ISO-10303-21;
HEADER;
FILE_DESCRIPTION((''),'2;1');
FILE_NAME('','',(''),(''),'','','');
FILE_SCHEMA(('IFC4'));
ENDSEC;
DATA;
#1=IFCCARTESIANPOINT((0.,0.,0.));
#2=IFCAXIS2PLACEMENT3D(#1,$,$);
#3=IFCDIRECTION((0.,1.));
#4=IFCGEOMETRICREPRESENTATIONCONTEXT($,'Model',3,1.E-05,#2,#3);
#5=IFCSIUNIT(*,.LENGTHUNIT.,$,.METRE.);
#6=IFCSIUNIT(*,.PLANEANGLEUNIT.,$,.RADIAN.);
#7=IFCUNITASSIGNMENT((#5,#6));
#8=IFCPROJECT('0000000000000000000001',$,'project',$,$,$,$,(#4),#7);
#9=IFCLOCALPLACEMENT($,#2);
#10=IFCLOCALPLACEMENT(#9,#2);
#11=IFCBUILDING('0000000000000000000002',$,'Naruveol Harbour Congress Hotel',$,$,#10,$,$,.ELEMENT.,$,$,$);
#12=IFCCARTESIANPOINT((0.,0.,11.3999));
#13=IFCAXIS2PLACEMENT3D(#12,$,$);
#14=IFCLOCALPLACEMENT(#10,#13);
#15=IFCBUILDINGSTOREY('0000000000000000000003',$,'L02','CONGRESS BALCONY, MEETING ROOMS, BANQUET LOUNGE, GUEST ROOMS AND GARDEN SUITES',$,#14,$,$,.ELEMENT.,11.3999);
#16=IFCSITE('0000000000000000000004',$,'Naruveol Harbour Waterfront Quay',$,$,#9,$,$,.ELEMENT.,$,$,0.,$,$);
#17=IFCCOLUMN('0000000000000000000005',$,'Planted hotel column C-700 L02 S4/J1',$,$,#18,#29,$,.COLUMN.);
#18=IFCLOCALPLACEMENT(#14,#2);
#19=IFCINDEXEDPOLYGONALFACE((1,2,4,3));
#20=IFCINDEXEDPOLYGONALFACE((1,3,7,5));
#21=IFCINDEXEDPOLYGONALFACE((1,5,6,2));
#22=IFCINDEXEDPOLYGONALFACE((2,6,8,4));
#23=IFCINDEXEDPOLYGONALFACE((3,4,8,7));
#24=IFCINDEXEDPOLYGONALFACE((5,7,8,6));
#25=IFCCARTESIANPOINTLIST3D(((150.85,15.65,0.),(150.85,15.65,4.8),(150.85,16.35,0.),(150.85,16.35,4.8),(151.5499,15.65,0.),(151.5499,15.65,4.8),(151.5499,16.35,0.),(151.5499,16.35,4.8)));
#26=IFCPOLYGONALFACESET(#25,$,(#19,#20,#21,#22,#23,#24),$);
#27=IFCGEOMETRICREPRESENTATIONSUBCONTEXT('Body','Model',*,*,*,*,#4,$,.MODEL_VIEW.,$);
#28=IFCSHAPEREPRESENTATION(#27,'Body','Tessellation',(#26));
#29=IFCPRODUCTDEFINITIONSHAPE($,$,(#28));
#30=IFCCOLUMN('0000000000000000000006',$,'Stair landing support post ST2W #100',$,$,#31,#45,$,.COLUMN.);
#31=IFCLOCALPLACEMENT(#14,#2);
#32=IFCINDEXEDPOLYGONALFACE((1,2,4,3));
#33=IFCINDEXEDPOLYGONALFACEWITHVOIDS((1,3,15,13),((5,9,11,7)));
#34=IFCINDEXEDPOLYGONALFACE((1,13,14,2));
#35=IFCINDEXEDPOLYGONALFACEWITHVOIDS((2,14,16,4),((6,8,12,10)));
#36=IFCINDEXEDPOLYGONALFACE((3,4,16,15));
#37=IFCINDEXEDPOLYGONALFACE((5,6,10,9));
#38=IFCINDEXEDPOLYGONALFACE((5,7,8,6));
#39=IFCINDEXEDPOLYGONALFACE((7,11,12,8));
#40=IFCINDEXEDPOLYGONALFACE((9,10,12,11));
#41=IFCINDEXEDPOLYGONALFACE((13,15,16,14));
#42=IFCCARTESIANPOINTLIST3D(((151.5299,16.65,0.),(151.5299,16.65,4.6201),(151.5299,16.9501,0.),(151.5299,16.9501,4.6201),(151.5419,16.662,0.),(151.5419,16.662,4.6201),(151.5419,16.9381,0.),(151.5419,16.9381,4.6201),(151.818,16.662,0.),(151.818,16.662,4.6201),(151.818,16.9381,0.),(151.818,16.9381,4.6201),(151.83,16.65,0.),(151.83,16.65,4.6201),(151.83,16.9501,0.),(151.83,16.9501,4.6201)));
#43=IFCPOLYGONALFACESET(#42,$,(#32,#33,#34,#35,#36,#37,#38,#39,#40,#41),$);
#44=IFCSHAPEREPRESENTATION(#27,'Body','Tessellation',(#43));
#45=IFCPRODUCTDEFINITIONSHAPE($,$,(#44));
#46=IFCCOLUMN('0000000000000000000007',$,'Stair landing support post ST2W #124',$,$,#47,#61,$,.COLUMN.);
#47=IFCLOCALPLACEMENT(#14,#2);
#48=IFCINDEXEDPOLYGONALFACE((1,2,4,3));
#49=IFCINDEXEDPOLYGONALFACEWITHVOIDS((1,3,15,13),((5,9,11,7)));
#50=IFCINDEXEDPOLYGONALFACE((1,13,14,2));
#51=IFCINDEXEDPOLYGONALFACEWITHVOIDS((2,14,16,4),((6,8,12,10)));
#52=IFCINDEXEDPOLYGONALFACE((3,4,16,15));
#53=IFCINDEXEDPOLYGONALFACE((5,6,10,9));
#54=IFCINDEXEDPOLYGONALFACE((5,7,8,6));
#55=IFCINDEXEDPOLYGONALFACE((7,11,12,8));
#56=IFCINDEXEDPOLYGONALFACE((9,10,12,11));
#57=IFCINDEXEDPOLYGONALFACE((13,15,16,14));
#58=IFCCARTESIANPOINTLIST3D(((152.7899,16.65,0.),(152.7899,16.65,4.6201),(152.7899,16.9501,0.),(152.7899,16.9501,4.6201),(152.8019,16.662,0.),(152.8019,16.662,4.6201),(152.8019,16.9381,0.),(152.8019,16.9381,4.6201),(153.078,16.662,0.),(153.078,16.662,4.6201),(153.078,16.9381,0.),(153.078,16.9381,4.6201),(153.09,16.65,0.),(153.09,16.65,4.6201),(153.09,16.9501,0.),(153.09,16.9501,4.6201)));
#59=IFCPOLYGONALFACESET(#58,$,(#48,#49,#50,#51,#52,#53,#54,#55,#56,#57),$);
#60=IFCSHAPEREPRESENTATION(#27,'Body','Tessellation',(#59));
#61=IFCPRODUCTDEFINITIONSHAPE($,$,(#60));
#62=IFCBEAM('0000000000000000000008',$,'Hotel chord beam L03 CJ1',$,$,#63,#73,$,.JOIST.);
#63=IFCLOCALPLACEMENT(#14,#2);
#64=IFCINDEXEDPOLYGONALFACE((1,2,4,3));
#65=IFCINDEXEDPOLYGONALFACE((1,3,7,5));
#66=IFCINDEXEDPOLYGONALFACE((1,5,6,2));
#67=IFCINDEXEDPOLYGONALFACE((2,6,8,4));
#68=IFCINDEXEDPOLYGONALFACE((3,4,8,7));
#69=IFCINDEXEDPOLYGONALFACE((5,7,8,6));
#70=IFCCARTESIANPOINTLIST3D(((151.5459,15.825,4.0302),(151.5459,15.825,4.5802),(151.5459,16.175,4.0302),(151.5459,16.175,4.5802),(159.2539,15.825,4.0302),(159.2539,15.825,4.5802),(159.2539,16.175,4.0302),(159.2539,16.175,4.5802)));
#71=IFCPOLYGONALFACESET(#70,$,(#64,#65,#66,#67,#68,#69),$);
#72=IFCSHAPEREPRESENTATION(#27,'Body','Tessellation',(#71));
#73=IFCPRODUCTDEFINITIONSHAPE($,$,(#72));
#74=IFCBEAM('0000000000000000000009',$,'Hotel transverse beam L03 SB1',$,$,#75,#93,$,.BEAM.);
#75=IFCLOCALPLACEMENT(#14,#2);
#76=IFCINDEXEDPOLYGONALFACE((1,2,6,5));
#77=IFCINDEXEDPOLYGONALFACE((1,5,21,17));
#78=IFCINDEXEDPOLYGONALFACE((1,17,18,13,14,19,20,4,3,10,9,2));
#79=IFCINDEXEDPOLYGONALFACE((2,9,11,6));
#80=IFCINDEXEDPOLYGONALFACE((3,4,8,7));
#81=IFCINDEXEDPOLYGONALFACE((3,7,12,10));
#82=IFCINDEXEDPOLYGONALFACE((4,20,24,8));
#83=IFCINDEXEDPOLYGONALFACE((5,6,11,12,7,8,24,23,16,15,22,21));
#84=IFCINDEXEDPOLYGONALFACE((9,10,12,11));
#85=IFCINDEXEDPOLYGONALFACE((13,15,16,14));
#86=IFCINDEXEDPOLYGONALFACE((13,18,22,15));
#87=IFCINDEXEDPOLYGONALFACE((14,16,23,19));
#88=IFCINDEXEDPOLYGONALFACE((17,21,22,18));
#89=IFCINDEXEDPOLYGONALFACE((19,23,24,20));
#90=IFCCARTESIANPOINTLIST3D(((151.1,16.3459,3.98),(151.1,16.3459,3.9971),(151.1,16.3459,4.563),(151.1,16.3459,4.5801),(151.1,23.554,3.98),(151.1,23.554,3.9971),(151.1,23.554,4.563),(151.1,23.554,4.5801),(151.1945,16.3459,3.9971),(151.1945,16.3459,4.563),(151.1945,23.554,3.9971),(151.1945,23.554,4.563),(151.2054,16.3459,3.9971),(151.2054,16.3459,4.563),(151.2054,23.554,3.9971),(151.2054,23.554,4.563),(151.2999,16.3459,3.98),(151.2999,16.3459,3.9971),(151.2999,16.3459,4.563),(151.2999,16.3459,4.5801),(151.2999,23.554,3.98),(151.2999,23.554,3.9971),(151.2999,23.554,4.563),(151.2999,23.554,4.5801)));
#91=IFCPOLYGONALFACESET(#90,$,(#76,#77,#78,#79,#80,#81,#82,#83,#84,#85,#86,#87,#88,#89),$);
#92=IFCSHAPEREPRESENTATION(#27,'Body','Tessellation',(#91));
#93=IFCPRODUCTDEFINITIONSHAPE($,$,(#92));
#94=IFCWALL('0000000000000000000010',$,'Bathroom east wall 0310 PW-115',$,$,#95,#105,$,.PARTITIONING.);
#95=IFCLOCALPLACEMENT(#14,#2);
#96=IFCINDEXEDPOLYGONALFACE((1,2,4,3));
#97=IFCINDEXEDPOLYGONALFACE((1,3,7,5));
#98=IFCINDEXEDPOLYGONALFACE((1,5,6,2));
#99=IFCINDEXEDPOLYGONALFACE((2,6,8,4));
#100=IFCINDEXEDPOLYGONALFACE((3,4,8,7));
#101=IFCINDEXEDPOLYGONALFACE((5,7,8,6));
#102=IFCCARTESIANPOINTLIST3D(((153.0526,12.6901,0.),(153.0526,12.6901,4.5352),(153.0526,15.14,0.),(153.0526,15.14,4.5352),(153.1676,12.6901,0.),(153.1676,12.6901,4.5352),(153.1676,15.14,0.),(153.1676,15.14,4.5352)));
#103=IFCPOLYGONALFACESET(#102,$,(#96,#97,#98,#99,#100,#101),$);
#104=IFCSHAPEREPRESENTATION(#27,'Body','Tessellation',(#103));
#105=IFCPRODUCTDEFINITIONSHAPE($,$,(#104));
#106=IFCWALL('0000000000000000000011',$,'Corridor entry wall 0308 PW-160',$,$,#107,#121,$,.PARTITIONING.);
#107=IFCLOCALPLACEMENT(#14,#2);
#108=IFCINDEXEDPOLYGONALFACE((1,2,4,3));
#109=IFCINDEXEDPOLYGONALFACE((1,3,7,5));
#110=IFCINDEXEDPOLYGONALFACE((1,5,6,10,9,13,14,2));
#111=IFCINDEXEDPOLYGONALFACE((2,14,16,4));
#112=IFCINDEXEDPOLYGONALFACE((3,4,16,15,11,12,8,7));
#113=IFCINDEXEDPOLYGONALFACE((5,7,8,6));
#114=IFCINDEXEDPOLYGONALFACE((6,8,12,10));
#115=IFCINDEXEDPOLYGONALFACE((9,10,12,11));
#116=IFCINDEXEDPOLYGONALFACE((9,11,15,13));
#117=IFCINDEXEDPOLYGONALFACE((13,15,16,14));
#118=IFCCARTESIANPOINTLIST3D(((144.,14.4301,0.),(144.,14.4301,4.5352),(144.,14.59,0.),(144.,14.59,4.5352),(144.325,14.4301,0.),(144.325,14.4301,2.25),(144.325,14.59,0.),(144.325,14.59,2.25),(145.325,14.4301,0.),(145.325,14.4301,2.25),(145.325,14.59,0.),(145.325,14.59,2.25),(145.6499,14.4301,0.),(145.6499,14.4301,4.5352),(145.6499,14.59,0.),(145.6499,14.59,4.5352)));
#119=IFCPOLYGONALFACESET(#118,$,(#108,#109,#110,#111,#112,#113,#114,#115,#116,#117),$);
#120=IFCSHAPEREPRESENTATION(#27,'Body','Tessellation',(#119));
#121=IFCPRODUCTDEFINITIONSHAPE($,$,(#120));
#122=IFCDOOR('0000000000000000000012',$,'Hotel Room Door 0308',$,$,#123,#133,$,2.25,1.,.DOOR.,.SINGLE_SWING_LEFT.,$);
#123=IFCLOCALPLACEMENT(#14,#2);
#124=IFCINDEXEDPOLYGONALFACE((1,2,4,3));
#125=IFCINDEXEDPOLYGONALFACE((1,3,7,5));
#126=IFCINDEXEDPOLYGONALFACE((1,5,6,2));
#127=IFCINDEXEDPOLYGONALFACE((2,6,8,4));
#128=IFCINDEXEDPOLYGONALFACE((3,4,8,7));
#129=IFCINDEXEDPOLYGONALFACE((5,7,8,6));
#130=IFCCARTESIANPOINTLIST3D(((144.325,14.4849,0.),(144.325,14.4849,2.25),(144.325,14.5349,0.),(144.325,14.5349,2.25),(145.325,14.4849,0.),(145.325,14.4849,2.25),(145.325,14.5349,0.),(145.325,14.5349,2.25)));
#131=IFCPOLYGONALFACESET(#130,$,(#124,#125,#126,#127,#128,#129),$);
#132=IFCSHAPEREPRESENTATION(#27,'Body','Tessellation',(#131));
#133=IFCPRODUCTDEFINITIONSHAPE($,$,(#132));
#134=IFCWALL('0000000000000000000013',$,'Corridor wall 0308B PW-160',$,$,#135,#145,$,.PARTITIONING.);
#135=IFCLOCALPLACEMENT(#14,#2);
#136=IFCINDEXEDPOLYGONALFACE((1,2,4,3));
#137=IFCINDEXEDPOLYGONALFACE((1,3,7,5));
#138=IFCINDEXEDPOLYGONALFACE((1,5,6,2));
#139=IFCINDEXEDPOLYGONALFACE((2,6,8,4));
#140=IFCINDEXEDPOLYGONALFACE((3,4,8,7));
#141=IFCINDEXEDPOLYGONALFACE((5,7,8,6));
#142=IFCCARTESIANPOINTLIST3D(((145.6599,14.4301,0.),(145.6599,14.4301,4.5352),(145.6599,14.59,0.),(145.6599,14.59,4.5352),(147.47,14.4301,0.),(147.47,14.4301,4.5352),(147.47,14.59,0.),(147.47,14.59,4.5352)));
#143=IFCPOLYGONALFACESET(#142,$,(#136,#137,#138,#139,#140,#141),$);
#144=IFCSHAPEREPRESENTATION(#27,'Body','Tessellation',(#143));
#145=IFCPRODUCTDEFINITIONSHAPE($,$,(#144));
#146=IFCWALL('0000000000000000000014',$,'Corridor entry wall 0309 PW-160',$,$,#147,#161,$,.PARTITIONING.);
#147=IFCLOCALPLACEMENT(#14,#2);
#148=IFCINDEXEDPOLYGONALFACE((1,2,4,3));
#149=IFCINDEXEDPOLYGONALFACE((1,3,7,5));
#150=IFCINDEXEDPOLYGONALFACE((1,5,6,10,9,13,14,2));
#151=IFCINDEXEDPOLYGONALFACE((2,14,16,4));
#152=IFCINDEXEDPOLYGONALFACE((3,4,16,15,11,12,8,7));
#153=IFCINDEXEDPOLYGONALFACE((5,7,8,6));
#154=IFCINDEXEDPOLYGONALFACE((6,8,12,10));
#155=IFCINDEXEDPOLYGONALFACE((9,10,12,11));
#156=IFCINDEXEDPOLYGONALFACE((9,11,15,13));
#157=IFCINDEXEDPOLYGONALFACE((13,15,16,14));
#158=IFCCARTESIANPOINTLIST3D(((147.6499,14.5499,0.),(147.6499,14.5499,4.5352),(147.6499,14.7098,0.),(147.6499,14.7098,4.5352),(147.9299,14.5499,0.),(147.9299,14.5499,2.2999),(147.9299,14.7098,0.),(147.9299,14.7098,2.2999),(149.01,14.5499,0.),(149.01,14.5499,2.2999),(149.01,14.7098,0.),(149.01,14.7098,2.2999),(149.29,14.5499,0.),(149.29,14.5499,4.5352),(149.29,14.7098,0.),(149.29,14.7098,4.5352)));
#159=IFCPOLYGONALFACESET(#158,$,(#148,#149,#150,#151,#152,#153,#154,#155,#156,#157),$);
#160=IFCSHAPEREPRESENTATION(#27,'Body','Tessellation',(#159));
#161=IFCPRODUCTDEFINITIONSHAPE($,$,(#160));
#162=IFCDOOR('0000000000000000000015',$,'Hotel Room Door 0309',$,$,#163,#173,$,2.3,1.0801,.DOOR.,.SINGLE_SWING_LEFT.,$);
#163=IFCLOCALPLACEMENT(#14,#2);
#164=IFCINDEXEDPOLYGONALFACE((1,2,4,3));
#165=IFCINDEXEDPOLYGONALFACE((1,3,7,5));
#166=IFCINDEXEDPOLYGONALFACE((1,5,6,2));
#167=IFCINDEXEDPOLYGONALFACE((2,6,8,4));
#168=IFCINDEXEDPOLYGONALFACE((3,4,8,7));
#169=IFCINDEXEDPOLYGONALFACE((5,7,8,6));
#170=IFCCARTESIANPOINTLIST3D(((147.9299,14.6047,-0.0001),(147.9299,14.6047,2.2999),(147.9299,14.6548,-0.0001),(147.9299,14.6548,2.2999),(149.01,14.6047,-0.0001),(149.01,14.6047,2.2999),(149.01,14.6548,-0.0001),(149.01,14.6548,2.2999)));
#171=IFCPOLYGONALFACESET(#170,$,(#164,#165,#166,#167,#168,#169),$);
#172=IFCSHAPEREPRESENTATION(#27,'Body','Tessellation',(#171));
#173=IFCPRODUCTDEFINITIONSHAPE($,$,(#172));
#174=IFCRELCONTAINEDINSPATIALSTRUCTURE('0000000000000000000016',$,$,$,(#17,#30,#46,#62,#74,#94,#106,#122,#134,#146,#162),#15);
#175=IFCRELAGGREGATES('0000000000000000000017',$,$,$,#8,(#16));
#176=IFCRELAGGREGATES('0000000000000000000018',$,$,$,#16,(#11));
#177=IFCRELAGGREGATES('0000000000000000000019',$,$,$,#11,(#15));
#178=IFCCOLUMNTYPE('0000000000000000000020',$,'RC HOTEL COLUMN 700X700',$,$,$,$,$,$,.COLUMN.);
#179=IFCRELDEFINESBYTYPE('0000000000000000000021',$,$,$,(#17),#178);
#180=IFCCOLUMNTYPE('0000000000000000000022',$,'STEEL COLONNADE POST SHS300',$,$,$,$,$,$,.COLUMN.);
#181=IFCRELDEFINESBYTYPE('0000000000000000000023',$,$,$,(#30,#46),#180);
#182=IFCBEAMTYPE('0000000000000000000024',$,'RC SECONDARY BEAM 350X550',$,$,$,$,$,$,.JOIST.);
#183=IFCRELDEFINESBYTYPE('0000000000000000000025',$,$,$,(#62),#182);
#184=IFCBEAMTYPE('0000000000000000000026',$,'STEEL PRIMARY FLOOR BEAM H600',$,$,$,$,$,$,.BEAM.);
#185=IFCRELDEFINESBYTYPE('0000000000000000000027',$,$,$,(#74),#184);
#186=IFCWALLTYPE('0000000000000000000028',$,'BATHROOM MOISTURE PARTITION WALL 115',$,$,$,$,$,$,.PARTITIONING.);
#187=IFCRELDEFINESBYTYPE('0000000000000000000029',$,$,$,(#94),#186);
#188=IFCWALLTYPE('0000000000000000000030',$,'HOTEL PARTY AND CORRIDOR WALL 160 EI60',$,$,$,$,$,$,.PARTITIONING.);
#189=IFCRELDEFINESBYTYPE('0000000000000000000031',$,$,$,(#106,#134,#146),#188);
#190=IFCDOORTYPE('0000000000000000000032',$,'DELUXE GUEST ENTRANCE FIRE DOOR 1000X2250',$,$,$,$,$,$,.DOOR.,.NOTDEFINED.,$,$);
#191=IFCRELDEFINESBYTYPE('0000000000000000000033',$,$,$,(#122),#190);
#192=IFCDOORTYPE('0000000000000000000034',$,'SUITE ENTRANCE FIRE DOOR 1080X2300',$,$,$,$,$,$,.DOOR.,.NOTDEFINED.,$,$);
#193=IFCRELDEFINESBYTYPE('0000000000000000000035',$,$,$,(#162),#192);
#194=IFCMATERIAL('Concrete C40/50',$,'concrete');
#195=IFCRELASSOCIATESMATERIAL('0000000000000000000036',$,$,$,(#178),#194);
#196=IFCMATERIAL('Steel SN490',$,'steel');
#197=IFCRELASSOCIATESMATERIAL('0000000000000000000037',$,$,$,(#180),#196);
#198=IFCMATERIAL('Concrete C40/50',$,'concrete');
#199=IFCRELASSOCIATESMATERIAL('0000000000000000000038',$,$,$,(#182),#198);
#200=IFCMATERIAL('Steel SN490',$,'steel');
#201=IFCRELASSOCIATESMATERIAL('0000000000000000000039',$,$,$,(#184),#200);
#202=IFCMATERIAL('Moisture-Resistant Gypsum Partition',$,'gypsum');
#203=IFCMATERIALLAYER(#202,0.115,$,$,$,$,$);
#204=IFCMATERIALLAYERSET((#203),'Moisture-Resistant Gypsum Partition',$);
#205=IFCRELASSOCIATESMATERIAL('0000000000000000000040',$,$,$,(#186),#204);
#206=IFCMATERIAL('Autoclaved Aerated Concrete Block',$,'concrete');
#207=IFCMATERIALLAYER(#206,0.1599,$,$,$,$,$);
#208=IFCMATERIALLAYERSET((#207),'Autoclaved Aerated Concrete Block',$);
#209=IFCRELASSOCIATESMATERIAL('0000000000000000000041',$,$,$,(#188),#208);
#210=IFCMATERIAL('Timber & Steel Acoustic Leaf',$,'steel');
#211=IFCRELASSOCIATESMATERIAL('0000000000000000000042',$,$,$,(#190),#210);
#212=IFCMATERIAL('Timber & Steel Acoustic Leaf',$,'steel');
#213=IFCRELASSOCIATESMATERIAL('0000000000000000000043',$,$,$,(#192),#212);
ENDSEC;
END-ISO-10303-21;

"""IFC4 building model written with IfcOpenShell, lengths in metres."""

from ifc_helpers import new_model, si_unit, direction, frame, frame_2d, origin, origin_2d, place, context, subcontext, project, spatial, rectangle, hollow_rectangle, i_section, extrude, material, layer, layer_set, material_profile, profile_set, type_object, element, fill, save


model = new_model("IFC4")

# Units and contexts
model_context = context("Model", 3, precision=1e-05, world=origin(), true_north=direction((0.0, 1.0)))
body_context = subcontext(model_context, "Body", "Model", "MODEL_VIEW")
ifc_project = project(units=[si_unit("LENGTHUNIT", "METRE"), si_unit("PLANEANGLEUNIT", "RADIAN")], contexts=[model_context])

# Site, building, storey
site_placement = place(None, origin())
site = spatial("IfcSite", under=ifc_project, at=site_placement, Name="Naruveol Harbour Waterfront Quay", CompositionType="ELEMENT", RefElevation=0.0)
building_placement = place(site_placement, origin())
building = spatial("IfcBuilding", under=site, at=building_placement, Name="Naruveol Harbour Congress Hotel", CompositionType="ELEMENT")
storey_placement = place(building_placement, frame((0.0, 0.0, 11.3999)))
storey = spatial("IfcBuildingStorey", under=building, at=storey_placement, Name="L02", Description="CONGRESS BALCONY, MEETING ROOMS, BANQUET LOUNGE, GUEST ROOMS AND GARDEN SUITES", CompositionType="ELEMENT", Elevation=11.3999)

# Columns
ifc_material_1 = material(Name="Concrete C40/50", Category="concrete")
ifc_material_profile_1 = material_profile(ifc_material_1, rectangle(XDim=0.7, YDim=0.7, at=origin_2d()), Name="RC-700x700")
ifc_profile_set_1 = profile_set([ifc_material_profile_1], Name="Concrete C40/50")
column_type_1 = type_object("IfcColumnType", Name="RC HOTEL COLUMN 700X700", PredefinedType="COLUMN", material=ifc_profile_set_1)
column_placement = place(storey_placement, frame((151.2, 16.0, 0.0), z_axis=(0.0, 0.0, 1.0), x_axis=(1.0, 0.0, 0.0)))
element("IfcColumn", 1, at=column_placement, inside=storey, type_object=column_type_1, Name="Planted hotel column C-700 L02 S4/J1", PredefinedType="COLUMN", context=body_context, shape_type="SweptSolid", body=[
    extrude(rectangle(XDim=0.7, YDim=0.7, at=origin_2d()), origin(), (0.0, 0.0, 1.0), 4.8),
])
ifc_material_2 = material(Name="Steel SN490", Category="steel")
ifc_material_profile_2 = material_profile(ifc_material_2, hollow_rectangle(XDim=0.3, YDim=0.3, WallThickness=0.012, at=origin_2d()), Name="SHS-300x300x12")
ifc_profile_set_2 = profile_set([ifc_material_profile_2], Name="Steel SN490")
column_type_2 = type_object("IfcColumnType", Name="STEEL COLONNADE POST SHS300", PredefinedType="COLUMN", material=ifc_profile_set_2)
for number, where, z_axis, x_axis, name in (
    (2, (151.6799, 16.8, 0.0), (0.0, 0.0, 1.0), (1.0, 0.0, 0.0), "Stair landing support post ST2W #100"),
    (3, (152.9399, 16.8, 0.0), (0.0, 0.0, 1.0), (1.0, 0.0, 0.0), "Stair landing support post ST2W #124"),
):
    element("IfcColumn", number, at=place(storey_placement, frame(where, z_axis=z_axis, x_axis=x_axis)), inside=storey, type_object=column_type_2, Name=name, PredefinedType="COLUMN", context=body_context, shape_type="SweptSolid", body=[
        extrude(hollow_rectangle(XDim=0.3, YDim=0.3, WallThickness=0.012, at=origin_2d()), origin(), (0.0, 0.0, 1.0), 4.6201),
    ])

# Beams
ifc_material_3 = material(Name="Concrete C40/50", Category="concrete")
ifc_material_profile_3 = material_profile(ifc_material_3, rectangle(XDim=0.3501, YDim=0.55, at=origin_2d()), Name="RCB-350x550")
ifc_profile_set_3 = profile_set([ifc_material_profile_3], Name="Concrete C40/50")
beam_type_1 = type_object("IfcBeamType", Name="RC SECONDARY BEAM 350X550", PredefinedType="JOIST", material=ifc_profile_set_3)
beam_1_placement = place(storey_placement, frame((151.5459, 16.0, 4.3052), z_axis=(1.0, 0.0, 0.0), x_axis=(0.0, 1.0, 0.0)))
element("IfcBeam", 4, at=beam_1_placement, inside=storey, type_object=beam_type_1, Name="Hotel chord beam L03 CJ1", PredefinedType="JOIST", context=body_context, shape_type="SweptSolid", body=[
    extrude(rectangle(XDim=0.3501, YDim=0.55, at=origin_2d()), origin(), (0.0, 0.0, 1.0), 7.708),
])
ifc_material_4 = material(Name="Steel SN490", Category="steel")
ifc_material_profile_4 = material_profile(ifc_material_4, i_section(OverallWidth=0.2, OverallDepth=0.6001, WebThickness=0.011, FlangeThickness=0.0171, at=origin_2d()), Name="H-600x200x11x17")
ifc_profile_set_4 = profile_set([ifc_material_profile_4], Name="Steel SN490")
beam_type_2 = type_object("IfcBeamType", Name="STEEL PRIMARY FLOOR BEAM H600", PredefinedType="BEAM", material=ifc_profile_set_4)
beam_2_placement = place(storey_placement, frame((151.2, 16.3459, 4.28), z_axis=(0.0, 1.0, 0.0), x_axis=(-1.0, 0.0, 0.0)))
element("IfcBeam", 5, at=beam_2_placement, inside=storey, type_object=beam_type_2, Name="Hotel transverse beam L03 SB1", PredefinedType="BEAM", context=body_context, shape_type="SweptSolid", body=[
    extrude(i_section(OverallWidth=0.2, OverallDepth=0.6001, WebThickness=0.011, FlangeThickness=0.0171, at=origin_2d()), origin(), (0.0, 0.0, 1.0), 7.208),
])

# Wall
ifc_material_5 = material(Name="Moisture-Resistant Gypsum Partition", Category="gypsum")
ifc_layer_1 = layer(ifc_material_5, 0.115)
ifc_layer_set_1 = layer_set([ifc_layer_1], Name="Moisture-Resistant Gypsum Partition")
wall_type_1 = type_object("IfcWallType", Name="BATHROOM MOISTURE PARTITION WALL 115", PredefinedType="PARTITIONING", material=ifc_layer_set_1)
wall_1_placement = place(storey_placement, frame((153.1101, 12.6899, 0.0), z_axis=(0.0, 0.0, 1.0), x_axis=(0.0, 1.0, 0.0)))
element("IfcWall", 6, at=wall_1_placement, inside=storey, type_object=wall_type_1, Name="Bathroom east wall 0310 PW-115", PredefinedType="PARTITIONING", context=body_context, shape_type="SweptSolid", body=[
    extrude(rectangle(XDim=2.45, YDim=0.115, at=frame_2d((1.2251, 0.0))), origin(), (0.0, 0.0, 1.0), 4.5352),
])

# Wall, opening, door
ifc_material_6 = material(Name="Autoclaved Aerated Concrete Block", Category="concrete")
ifc_layer_2 = layer(ifc_material_6, 0.1599)
ifc_layer_set_2 = layer_set([ifc_layer_2], Name="Autoclaved Aerated Concrete Block")
wall_type_2 = type_object("IfcWallType", Name="HOTEL PARTY AND CORRIDOR WALL 160 EI60", PredefinedType="PARTITIONING", material=ifc_layer_set_2)
wall_2_placement = place(storey_placement, frame((144.0, 14.51, 0.0), z_axis=(0.0, 0.0, 1.0), x_axis=(1.0, 0.0, 0.0)))
wall_2 = element("IfcWall", 7, at=wall_2_placement, inside=storey, type_object=wall_type_2, Name="Corridor entry wall 0308 PW-160", PredefinedType="PARTITIONING", context=body_context, shape_type="SweptSolid", body=[
    extrude(rectangle(XDim=1.6499, YDim=0.1599, at=frame_2d((0.825, 0.0))), origin(), (0.0, 0.0, 1.0), 4.5352),
])
opening_1_placement = place(wall_2_placement, frame((0.325, 0.0, 0.0)))
opening_1 = element("IfcOpeningElement", 8, at=opening_1_placement, cuts=wall_2, PredefinedType="OPENING", context=body_context, shape_type="SweptSolid", body=[
    extrude(rectangle(XDim=1.0, YDim=2.25, at=frame_2d((0.5, 1.125))), frame((0.0, 0.0898, 0.0), z_axis=(0.0, -1.0, 0.0), x_axis=(1.0, 0.0, 0.0)), (0.0, 0.0, 1.0), 0.1799),
])
ifc_material_7 = material(Name="Timber & Steel Acoustic Leaf", Category="steel")
door_type_1 = type_object("IfcDoorType", Name="DELUXE GUEST ENTRANCE FIRE DOOR 1000X2250", OperationType="NOTDEFINED", PredefinedType="DOOR", material=ifc_material_7)
door_1_placement = place(opening_1_placement, origin())
door_1 = element("IfcDoor", 9, at=door_1_placement, inside=storey, type_object=door_type_1, Name="Hotel Room Door 0308", OperationType="SINGLE_SWING_LEFT", OverallHeight=2.25, OverallWidth=1.0, PredefinedType="DOOR", context=body_context, shape_type="SweptSolid", body=[
    extrude(rectangle(XDim=1.0, YDim=2.25, at=frame_2d((0.5, 1.125))), frame((0.0, 0.0249, 0.0), z_axis=(0.0, -1.0, 0.0), x_axis=(1.0, 0.0, 0.0)), (0.0, 0.0, 1.0), 0.05),
])
fill(opening_1, door_1)

# Wall
wall_3_placement = place(storey_placement, frame((145.6599, 14.51, 0.0), z_axis=(0.0, 0.0, 1.0), x_axis=(1.0, 0.0, 0.0)))
element("IfcWall", 10, at=wall_3_placement, inside=storey, type_object=wall_type_2, Name="Corridor wall 0308B PW-160", PredefinedType="PARTITIONING", context=body_context, shape_type="SweptSolid", body=[
    extrude(rectangle(XDim=1.8101, YDim=0.1599, at=frame_2d((0.905, 0.0))), origin(), (0.0, 0.0, 1.0), 4.5352),
])

# Wall, opening, door
wall_4_placement = place(storey_placement, frame((147.6499, 14.6299, 0.0), z_axis=(0.0, 0.0, 1.0), x_axis=(1.0, 0.0, 0.0)))
wall_4 = element("IfcWall", 11, at=wall_4_placement, inside=storey, type_object=wall_type_2, Name="Corridor entry wall 0309 PW-160", PredefinedType="PARTITIONING", context=body_context, shape_type="SweptSolid", body=[
    extrude(rectangle(XDim=1.6401, YDim=0.1599, at=frame_2d((0.8201, 0.0))), origin(), (0.0, 0.0, 1.0), 4.5352),
])
opening_2_placement = place(wall_4_placement, frame((0.28, 0.0, 0.0)))
opening_2 = element("IfcOpeningElement", 12, at=opening_2_placement, cuts=wall_4, PredefinedType="OPENING", context=body_context, shape_type="SweptSolid", body=[
    extrude(rectangle(XDim=1.0801, YDim=2.3, at=frame_2d((0.54, 1.1499))), frame((0.0, 0.0898, 0.0), z_axis=(0.0, -1.0, 0.0), x_axis=(1.0, 0.0, 0.0)), (0.0, 0.0, 1.0), 0.1799),
])
ifc_material_8 = material(Name="Timber & Steel Acoustic Leaf", Category="steel")
door_type_2 = type_object("IfcDoorType", Name="SUITE ENTRANCE FIRE DOOR 1080X2300", OperationType="NOTDEFINED", PredefinedType="DOOR", material=ifc_material_8)
door_2_placement = place(opening_2_placement, origin())
door_2 = element("IfcDoor", 13, at=door_2_placement, inside=storey, type_object=door_type_2, Name="Hotel Room Door 0309", OperationType="SINGLE_SWING_LEFT", OverallHeight=2.3, OverallWidth=1.0801, PredefinedType="DOOR", context=body_context, shape_type="SweptSolid", body=[
    extrude(rectangle(XDim=1.0801, YDim=2.3, at=frame_2d((0.54, 1.1499))), frame((0.0, 0.0249, 0.0), z_axis=(0.0, -1.0, 0.0), x_axis=(1.0, 0.0, 0.0)), (0.0, 0.0, 1.0), 0.05),
])
fill(opening_2, door_2)

save(model, "model.ifc")
